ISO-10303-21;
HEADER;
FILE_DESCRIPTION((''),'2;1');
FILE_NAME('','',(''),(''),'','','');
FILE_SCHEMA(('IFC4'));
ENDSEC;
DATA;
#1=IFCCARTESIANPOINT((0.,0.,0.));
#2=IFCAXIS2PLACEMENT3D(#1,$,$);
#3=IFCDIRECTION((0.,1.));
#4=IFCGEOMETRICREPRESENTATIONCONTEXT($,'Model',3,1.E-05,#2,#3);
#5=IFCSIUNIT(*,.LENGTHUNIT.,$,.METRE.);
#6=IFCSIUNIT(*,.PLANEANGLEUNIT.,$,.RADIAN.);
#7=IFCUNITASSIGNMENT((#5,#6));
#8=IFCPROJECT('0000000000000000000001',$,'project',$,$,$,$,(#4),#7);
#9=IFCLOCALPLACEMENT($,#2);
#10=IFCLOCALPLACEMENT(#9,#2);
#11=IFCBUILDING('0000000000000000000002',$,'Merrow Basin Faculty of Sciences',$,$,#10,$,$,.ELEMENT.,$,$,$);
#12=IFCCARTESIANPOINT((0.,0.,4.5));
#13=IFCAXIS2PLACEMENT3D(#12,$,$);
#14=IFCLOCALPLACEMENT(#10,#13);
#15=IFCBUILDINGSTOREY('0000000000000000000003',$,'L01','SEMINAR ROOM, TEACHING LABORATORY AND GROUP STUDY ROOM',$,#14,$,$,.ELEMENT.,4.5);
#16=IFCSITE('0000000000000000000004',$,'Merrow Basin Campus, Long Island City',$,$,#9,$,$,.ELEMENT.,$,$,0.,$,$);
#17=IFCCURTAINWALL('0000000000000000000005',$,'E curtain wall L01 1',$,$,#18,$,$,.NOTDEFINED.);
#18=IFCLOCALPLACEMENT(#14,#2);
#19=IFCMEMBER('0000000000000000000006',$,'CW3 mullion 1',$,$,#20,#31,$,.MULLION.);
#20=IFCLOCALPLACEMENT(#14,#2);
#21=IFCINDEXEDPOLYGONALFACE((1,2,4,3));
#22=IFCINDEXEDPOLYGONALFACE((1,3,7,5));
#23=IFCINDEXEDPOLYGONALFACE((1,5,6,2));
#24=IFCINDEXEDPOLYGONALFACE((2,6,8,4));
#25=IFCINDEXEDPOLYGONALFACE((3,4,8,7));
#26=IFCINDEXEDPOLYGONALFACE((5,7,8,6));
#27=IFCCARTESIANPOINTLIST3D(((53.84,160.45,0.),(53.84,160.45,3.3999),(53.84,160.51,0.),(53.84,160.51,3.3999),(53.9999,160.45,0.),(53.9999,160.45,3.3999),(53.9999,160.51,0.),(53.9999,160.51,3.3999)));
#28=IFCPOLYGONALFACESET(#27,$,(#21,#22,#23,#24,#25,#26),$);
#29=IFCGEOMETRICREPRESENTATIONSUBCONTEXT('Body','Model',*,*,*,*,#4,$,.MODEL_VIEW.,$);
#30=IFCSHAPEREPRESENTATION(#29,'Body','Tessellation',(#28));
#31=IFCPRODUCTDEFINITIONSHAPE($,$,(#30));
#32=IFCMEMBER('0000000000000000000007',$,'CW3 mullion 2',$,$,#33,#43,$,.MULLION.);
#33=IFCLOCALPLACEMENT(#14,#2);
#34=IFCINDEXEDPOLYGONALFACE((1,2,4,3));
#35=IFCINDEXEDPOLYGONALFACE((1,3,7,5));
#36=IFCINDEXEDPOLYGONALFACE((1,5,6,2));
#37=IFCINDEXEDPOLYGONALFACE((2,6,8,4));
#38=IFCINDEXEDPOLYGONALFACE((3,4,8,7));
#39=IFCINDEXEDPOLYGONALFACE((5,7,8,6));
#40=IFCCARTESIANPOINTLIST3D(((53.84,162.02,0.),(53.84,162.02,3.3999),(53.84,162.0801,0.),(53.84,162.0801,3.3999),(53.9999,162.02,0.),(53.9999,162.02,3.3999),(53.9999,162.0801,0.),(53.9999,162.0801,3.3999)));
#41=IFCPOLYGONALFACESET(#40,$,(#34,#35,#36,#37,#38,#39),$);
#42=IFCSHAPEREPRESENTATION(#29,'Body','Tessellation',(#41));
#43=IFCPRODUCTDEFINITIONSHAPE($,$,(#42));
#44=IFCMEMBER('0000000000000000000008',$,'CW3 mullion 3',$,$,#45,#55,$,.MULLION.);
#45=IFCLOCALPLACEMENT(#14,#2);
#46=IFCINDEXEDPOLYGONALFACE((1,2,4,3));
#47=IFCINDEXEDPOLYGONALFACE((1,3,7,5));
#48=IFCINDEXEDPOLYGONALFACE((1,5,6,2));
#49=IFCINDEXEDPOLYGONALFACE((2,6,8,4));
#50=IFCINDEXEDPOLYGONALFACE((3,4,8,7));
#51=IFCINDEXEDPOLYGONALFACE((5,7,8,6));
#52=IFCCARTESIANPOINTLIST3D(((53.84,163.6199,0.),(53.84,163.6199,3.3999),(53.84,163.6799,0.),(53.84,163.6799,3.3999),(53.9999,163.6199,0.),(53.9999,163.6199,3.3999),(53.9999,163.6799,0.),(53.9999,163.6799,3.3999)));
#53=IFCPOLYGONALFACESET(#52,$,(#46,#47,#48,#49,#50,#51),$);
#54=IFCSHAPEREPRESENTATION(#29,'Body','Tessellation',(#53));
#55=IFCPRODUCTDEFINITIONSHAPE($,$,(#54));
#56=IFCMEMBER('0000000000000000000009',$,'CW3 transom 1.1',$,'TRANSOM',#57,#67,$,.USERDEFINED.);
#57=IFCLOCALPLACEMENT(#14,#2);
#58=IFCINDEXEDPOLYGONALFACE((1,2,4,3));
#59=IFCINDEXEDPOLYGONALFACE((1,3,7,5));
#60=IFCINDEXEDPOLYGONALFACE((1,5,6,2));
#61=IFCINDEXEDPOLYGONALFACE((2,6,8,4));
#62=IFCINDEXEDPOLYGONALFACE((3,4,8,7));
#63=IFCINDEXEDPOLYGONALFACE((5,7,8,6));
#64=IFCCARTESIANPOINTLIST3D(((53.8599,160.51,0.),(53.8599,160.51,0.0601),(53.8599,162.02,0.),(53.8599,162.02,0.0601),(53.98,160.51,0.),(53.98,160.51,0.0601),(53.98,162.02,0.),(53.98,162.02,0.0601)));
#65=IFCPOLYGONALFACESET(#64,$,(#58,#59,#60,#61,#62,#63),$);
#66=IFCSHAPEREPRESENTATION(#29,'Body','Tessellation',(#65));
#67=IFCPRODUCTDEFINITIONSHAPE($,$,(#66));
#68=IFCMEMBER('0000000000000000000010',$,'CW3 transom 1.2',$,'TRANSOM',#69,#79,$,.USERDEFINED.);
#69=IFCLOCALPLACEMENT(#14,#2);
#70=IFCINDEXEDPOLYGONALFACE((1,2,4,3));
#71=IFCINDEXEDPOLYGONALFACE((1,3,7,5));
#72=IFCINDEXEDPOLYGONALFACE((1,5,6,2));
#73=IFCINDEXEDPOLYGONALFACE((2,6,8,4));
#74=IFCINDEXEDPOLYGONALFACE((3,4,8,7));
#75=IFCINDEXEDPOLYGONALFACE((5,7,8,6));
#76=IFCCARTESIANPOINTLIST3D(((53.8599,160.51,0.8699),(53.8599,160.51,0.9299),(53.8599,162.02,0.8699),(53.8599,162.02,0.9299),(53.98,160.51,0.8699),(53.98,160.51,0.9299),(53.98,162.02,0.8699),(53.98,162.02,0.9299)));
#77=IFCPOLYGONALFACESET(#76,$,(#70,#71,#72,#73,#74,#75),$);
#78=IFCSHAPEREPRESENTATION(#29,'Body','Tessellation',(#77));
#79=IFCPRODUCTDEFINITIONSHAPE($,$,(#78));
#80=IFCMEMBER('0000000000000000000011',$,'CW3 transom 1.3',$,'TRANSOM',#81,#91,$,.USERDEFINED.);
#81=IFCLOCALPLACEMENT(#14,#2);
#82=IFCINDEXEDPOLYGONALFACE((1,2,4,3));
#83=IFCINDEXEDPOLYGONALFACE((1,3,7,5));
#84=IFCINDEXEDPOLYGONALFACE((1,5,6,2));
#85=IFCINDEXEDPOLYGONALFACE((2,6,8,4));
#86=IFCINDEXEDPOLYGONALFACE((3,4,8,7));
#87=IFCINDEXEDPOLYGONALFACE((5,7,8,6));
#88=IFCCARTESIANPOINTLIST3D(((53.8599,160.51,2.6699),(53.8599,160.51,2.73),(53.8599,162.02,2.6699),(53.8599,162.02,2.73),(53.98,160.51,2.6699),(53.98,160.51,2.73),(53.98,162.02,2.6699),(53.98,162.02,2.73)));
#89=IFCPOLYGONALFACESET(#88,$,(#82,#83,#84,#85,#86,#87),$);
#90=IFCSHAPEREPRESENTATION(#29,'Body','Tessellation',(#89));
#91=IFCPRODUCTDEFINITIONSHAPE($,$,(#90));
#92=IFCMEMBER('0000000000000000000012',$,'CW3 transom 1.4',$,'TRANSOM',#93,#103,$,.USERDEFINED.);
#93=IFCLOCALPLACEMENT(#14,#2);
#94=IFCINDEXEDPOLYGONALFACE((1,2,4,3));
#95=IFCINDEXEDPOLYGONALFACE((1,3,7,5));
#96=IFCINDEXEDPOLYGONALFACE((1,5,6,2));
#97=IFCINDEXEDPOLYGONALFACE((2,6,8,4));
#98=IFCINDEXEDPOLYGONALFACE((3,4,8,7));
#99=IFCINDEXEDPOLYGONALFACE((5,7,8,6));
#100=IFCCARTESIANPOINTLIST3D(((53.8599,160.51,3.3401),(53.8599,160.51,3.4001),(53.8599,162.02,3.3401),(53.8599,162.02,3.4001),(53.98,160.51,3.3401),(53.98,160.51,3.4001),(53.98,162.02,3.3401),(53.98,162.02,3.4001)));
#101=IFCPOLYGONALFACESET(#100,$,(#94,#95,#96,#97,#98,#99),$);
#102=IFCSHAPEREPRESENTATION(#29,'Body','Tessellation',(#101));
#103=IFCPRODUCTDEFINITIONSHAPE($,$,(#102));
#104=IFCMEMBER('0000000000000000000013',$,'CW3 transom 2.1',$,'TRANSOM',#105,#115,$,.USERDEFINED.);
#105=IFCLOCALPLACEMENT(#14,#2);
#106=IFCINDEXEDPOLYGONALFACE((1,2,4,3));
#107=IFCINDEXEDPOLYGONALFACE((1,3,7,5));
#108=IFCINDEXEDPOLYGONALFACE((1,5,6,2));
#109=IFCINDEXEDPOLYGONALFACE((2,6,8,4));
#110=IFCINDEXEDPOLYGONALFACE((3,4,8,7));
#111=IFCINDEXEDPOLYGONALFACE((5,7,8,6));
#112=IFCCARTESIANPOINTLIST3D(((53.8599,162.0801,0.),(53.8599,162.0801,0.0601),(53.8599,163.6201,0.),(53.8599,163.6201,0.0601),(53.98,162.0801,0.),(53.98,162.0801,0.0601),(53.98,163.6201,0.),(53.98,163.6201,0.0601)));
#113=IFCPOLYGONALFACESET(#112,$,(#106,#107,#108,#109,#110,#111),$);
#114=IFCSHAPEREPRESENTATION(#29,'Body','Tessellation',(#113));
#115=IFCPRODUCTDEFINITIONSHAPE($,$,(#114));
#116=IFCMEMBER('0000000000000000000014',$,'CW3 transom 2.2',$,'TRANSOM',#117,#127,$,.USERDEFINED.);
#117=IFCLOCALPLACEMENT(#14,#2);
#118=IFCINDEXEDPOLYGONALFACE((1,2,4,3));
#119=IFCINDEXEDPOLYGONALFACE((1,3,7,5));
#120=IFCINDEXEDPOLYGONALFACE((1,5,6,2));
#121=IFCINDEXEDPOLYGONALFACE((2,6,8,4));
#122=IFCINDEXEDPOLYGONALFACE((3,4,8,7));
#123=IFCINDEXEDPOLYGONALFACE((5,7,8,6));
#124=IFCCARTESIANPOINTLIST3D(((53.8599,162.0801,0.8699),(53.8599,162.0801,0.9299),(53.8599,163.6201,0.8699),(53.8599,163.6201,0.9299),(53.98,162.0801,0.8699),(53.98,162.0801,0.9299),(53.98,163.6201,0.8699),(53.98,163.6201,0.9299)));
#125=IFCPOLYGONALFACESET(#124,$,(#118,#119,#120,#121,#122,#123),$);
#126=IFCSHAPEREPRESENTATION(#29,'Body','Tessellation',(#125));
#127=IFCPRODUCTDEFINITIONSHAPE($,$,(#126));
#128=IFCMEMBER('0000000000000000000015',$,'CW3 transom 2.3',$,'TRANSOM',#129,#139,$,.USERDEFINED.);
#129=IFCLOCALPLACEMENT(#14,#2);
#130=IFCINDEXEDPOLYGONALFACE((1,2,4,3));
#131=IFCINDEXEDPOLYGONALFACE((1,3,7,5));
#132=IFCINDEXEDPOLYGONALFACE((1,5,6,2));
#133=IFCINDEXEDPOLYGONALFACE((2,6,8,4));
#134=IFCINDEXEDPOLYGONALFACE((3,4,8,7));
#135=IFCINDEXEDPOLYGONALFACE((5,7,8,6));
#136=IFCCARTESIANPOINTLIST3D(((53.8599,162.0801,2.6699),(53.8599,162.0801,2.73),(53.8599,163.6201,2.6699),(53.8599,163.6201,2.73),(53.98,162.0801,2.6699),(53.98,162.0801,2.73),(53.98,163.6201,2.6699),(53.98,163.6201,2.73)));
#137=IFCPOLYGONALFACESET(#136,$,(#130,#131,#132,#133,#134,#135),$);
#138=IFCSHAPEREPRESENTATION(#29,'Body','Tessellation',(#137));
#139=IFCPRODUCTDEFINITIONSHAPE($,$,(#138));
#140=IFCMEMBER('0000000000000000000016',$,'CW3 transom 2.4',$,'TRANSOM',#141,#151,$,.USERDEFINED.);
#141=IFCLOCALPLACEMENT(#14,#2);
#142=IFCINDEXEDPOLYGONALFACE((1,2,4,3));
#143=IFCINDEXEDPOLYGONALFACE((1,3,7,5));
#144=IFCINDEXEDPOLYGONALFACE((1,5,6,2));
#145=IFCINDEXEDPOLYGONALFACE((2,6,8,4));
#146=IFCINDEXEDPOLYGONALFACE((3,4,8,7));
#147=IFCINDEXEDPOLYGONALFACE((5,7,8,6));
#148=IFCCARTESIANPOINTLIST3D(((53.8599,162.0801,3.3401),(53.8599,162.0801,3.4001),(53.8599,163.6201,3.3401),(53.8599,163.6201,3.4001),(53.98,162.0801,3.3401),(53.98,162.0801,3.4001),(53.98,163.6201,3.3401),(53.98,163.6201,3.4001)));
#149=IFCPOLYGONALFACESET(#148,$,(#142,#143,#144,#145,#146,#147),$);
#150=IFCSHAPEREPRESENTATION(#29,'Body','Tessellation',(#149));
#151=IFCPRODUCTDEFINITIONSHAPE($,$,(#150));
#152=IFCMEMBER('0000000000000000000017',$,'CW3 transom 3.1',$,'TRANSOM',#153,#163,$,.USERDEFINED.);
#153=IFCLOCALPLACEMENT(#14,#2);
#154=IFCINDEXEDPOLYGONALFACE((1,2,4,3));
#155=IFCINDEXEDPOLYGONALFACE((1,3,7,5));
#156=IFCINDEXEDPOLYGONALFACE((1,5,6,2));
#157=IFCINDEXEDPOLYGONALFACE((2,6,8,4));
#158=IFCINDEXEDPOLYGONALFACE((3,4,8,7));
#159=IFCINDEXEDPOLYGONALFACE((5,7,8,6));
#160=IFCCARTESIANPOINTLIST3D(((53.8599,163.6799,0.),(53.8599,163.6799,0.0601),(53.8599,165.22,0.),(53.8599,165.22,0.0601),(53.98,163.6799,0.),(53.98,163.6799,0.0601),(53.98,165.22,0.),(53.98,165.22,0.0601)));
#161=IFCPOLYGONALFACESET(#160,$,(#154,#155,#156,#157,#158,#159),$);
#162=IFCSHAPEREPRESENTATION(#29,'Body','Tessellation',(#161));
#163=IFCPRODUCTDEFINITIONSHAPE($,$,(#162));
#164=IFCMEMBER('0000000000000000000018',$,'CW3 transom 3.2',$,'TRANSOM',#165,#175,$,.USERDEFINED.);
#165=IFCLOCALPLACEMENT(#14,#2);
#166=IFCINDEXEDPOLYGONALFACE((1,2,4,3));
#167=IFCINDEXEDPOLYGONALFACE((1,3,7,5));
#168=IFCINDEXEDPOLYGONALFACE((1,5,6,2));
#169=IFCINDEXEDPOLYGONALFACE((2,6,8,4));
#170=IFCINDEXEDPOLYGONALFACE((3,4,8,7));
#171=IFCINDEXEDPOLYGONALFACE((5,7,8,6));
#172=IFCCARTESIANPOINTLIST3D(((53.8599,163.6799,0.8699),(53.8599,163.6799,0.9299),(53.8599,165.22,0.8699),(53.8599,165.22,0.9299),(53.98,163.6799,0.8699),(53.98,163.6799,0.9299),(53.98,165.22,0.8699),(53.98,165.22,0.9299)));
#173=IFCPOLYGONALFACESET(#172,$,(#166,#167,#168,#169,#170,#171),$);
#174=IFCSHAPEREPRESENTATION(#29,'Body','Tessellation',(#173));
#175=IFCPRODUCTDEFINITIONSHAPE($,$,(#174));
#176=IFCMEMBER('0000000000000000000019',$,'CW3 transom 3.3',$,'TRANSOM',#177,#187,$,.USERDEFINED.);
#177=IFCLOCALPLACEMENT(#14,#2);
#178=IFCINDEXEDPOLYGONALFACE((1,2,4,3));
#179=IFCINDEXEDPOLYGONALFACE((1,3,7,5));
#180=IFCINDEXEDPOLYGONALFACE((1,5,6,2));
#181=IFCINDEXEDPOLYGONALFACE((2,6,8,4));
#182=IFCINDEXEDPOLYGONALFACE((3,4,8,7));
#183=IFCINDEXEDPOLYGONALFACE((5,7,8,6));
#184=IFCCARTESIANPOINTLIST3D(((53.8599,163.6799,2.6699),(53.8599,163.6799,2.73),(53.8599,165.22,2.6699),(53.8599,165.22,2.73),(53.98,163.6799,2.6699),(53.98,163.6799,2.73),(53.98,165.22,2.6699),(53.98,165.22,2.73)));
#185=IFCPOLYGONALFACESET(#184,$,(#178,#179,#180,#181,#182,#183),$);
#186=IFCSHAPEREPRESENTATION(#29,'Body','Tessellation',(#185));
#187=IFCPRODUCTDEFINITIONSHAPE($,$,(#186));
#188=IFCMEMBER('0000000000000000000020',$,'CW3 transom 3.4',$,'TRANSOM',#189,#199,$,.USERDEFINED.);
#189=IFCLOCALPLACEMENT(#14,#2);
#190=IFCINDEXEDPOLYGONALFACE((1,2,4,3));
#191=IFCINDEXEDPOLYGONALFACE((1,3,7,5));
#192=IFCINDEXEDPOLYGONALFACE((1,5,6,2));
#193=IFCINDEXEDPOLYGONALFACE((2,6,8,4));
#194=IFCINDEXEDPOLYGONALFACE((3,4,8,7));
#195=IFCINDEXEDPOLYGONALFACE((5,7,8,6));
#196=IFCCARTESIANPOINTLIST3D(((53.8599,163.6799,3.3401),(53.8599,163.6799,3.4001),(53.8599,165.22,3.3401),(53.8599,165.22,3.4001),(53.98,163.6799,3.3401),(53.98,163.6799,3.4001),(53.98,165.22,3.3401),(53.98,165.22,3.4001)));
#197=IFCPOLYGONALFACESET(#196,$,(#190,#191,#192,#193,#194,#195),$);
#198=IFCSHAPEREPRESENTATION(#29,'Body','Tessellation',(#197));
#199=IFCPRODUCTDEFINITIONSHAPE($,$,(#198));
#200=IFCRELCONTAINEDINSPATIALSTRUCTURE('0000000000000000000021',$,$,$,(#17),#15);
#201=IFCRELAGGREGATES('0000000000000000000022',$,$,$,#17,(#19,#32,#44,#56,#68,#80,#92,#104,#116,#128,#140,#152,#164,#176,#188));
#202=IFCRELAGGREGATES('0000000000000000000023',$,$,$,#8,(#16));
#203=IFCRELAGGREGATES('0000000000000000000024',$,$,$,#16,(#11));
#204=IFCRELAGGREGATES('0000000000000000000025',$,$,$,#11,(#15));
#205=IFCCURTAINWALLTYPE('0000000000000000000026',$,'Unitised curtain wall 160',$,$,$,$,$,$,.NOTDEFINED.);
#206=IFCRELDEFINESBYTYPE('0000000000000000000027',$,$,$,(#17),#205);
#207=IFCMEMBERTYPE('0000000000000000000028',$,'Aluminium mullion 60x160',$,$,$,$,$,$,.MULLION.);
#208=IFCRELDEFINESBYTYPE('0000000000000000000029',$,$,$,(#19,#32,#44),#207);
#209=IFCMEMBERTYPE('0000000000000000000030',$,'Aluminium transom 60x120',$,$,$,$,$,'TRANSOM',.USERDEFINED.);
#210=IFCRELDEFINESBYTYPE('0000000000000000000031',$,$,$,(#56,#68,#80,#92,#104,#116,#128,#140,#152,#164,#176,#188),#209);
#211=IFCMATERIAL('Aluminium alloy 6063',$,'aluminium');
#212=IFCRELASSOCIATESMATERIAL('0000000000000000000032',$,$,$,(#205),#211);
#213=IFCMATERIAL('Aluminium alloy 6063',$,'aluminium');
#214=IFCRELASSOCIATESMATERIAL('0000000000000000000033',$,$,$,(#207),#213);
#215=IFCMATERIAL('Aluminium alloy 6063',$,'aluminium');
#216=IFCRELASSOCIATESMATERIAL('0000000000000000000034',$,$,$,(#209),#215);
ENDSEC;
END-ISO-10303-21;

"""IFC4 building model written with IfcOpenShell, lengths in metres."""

from ifc_helpers import new_model, si_unit, direction, frame, origin, origin_2d, place, context, subcontext, project, spatial, rectangle, extrude, material, material_profile, profile_set, type_object, element, aggregate, save


model = new_model("IFC4")

# Units and contexts
model_context = context("Model", 3, precision=1e-05, world=origin(), true_north=direction((0.0, 1.0)))
body_context = subcontext(model_context, "Body", "Model", "MODEL_VIEW")
ifc_project = project(units=[si_unit("LENGTHUNIT", "METRE"), si_unit("PLANEANGLEUNIT", "RADIAN")], contexts=[model_context])

# Site, building, storey
site_placement = place(None, origin())
site = spatial("IfcSite", under=ifc_project, at=site_placement, Name="Merrow Basin Campus, Long Island City", CompositionType="ELEMENT", RefElevation=0.0)
building_placement = place(site_placement, origin())
building = spatial("IfcBuilding", under=site, at=building_placement, Name="Merrow Basin Faculty of Sciences", CompositionType="ELEMENT")
storey_placement = place(building_placement, frame((0.0, 0.0, 4.5)))
storey = spatial("IfcBuildingStorey", under=building, at=storey_placement, Name="L01", Description="SEMINAR ROOM, TEACHING LABORATORY AND GROUP STUDY ROOM", CompositionType="ELEMENT", Elevation=4.5)

# Curtain wall, members
ifc_material_1 = material(Name="Aluminium alloy 6063", Category="aluminium")
curtain_wall_type = type_object("IfcCurtainWallType", Name="Unitised curtain wall 160", PredefinedType="NOTDEFINED", material=ifc_material_1)
curtain_wall_placement = place(storey_placement, origin())
curtain_wall = element("IfcCurtainWall", 1, at=curtain_wall_placement, inside=storey, type_object=curtain_wall_type, Name="E curtain wall L01 1", PredefinedType="NOTDEFINED")
ifc_material_2 = material(Name="Aluminium alloy 6063", Category="aluminium")
ifc_material_profile_1 = material_profile(ifc_material_2, rectangle(XDim=0.1599, YDim=0.0601, at=origin_2d()))
ifc_profile_set_1 = profile_set([ifc_material_profile_1], Name="Aluminium alloy 6063")
member_type_1 = type_object("IfcMemberType", Name="Aluminium mullion 60x160", PredefinedType="MULLION", material=ifc_profile_set_1)
member_1_placement = place(storey_placement, frame((53.9199, 160.48, 0.0), z_axis=(0.0, 0.0, 1.0), x_axis=(-1.0, 0.0, 0.0)))
member_1 = element("IfcMember", 2, at=member_1_placement, type_object=member_type_1, Name="CW3 mullion 1", PredefinedType="MULLION", context=body_context, shape_type="SweptSolid", body=[
    extrude(rectangle(XDim=0.1599, YDim=0.0601, at=origin_2d()), origin(), (0.0, 0.0, 1.0), 3.3999),
])
member_2_placement = place(storey_placement, frame((53.9199, 162.05, 0.0), z_axis=(0.0, 0.0, 1.0), x_axis=(-1.0, 0.0, 0.0)))
member_2 = element("IfcMember", 3, at=member_2_placement, type_object=member_type_1, Name="CW3 mullion 2", PredefinedType="MULLION", context=body_context, shape_type="SweptSolid", body=[
    extrude(rectangle(XDim=0.1599, YDim=0.0601, at=origin_2d()), origin(), (0.0, 0.0, 1.0), 3.3999),
])
member_3_placement = place(storey_placement, frame((53.9199, 163.6499, 0.0), z_axis=(0.0, 0.0, 1.0), x_axis=(-1.0, 0.0, 0.0)))
member_3 = element("IfcMember", 4, at=member_3_placement, type_object=member_type_1, Name="CW3 mullion 3", PredefinedType="MULLION", context=body_context, shape_type="SweptSolid", body=[
    extrude(rectangle(XDim=0.1599, YDim=0.0601, at=origin_2d()), origin(), (0.0, 0.0, 1.0), 3.3999),
])
ifc_material_3 = material(Name="Aluminium alloy 6063", Category="aluminium")
ifc_material_profile_2 = material_profile(ifc_material_3, rectangle(XDim=0.1201, YDim=0.0601, at=origin_2d()))
ifc_profile_set_2 = profile_set([ifc_material_profile_2], Name="Aluminium alloy 6063")
member_type_2 = type_object("IfcMemberType", Name="Aluminium transom 60x120", ElementType="TRANSOM", PredefinedType="USERDEFINED", material=ifc_profile_set_2)
member_4_placement = place(storey_placement, frame((53.9199, 160.51, 0.03), z_axis=(0.0, 1.0, 0.0), x_axis=(-1.0, 0.0, 0.0)))
member_4 = element("IfcMember", 5, at=member_4_placement, type_object=member_type_2, Name="CW3 transom 1.1", ObjectType="TRANSOM", PredefinedType="USERDEFINED", context=body_context, shape_type="SweptSolid", body=[
    extrude(rectangle(XDim=0.1201, YDim=0.0601, at=origin_2d()), origin(), (0.0, 0.0, 1.0), 1.51),
])
member_5_placement = place(storey_placement, frame((53.9199, 160.51, 0.8999), z_axis=(0.0, 1.0, 0.0), x_axis=(-1.0, 0.0, 0.0)))
member_5 = element("IfcMember", 6, at=member_5_placement, type_object=member_type_2, Name="CW3 transom 1.2", ObjectType="TRANSOM", PredefinedType="USERDEFINED", context=body_context, shape_type="SweptSolid", body=[
    extrude(rectangle(XDim=0.1201, YDim=0.0601, at=origin_2d()), origin(), (0.0, 0.0, 1.0), 1.51),
])
member_6_placement = place(storey_placement, frame((53.9199, 160.51, 2.7), z_axis=(0.0, 1.0, 0.0), x_axis=(-1.0, 0.0, 0.0)))
member_6 = element("IfcMember", 7, at=member_6_placement, type_object=member_type_2, Name="CW3 transom 1.3", ObjectType="TRANSOM", PredefinedType="USERDEFINED", context=body_context, shape_type="SweptSolid", body=[
    extrude(rectangle(XDim=0.1201, YDim=0.0601, at=origin_2d()), origin(), (0.0, 0.0, 1.0), 1.51),
])
member_7_placement = place(storey_placement, frame((53.9199, 160.51, 3.3701), z_axis=(0.0, 1.0, 0.0), x_axis=(-1.0, 0.0, 0.0)))
member_7 = element("IfcMember", 8, at=member_7_placement, type_object=member_type_2, Name="CW3 transom 1.4", ObjectType="TRANSOM", PredefinedType="USERDEFINED", context=body_context, shape_type="SweptSolid", body=[
    extrude(rectangle(XDim=0.1201, YDim=0.0601, at=origin_2d()), origin(), (0.0, 0.0, 1.0), 1.51),
])
member_8_placement = place(storey_placement, frame((53.9199, 162.0801, 0.03), z_axis=(0.0, 1.0, 0.0), x_axis=(-1.0, 0.0, 0.0)))
member_8 = element("IfcMember", 9, at=member_8_placement, type_object=member_type_2, Name="CW3 transom 2.1", ObjectType="TRANSOM", PredefinedType="USERDEFINED", context=body_context, shape_type="SweptSolid", body=[
    extrude(rectangle(XDim=0.1201, YDim=0.0601, at=origin_2d()), origin(), (0.0, 0.0, 1.0), 1.54),
])
member_9_placement = place(storey_placement, frame((53.9199, 162.0801, 0.8999), z_axis=(0.0, 1.0, 0.0), x_axis=(-1.0, 0.0, 0.0)))
member_9 = element("IfcMember", 10, at=member_9_placement, type_object=member_type_2, Name="CW3 transom 2.2", ObjectType="TRANSOM", PredefinedType="USERDEFINED", context=body_context, shape_type="SweptSolid", body=[
    extrude(rectangle(XDim=0.1201, YDim=0.0601, at=origin_2d()), origin(), (0.0, 0.0, 1.0), 1.54),
])
member_10_placement = place(storey_placement, frame((53.9199, 162.0801, 2.7), z_axis=(0.0, 1.0, 0.0), x_axis=(-1.0, 0.0, 0.0)))
member_10 = element("IfcMember", 11, at=member_10_placement, type_object=member_type_2, Name="CW3 transom 2.3", ObjectType="TRANSOM", PredefinedType="USERDEFINED", context=body_context, shape_type="SweptSolid", body=[
    extrude(rectangle(XDim=0.1201, YDim=0.0601, at=origin_2d()), origin(), (0.0, 0.0, 1.0), 1.54),
])
member_11_placement = place(storey_placement, frame((53.9199, 162.0801, 3.3701), z_axis=(0.0, 1.0, 0.0), x_axis=(-1.0, 0.0, 0.0)))
member_11 = element("IfcMember", 12, at=member_11_placement, type_object=member_type_2, Name="CW3 transom 2.4", ObjectType="TRANSOM", PredefinedType="USERDEFINED", context=body_context, shape_type="SweptSolid", body=[
    extrude(rectangle(XDim=0.1201, YDim=0.0601, at=origin_2d()), origin(), (0.0, 0.0, 1.0), 1.54),
])
member_12_placement = place(storey_placement, frame((53.9199, 163.6799, 0.03), z_axis=(0.0, 1.0, 0.0), x_axis=(-1.0, 0.0, 0.0)))
member_12 = element("IfcMember", 13, at=member_12_placement, type_object=member_type_2, Name="CW3 transom 3.1", ObjectType="TRANSOM", PredefinedType="USERDEFINED", context=body_context, shape_type="SweptSolid", body=[
    extrude(rectangle(XDim=0.1201, YDim=0.0601, at=origin_2d()), origin(), (0.0, 0.0, 1.0), 1.54),
])
member_13_placement = place(storey_placement, frame((53.9199, 163.6799, 0.8999), z_axis=(0.0, 1.0, 0.0), x_axis=(-1.0, 0.0, 0.0)))
member_13 = element("IfcMember", 14, at=member_13_placement, type_object=member_type_2, Name="CW3 transom 3.2", ObjectType="TRANSOM", PredefinedType="USERDEFINED", context=body_context, shape_type="SweptSolid", body=[
    extrude(rectangle(XDim=0.1201, YDim=0.0601, at=origin_2d()), origin(), (0.0, 0.0, 1.0), 1.54),
])
member_14_placement = place(storey_placement, frame((53.9199, 163.6799, 2.7), z_axis=(0.0, 1.0, 0.0), x_axis=(-1.0, 0.0, 0.0)))
member_14 = element("IfcMember", 15, at=member_14_placement, type_object=member_type_2, Name="CW3 transom 3.3", ObjectType="TRANSOM", PredefinedType="USERDEFINED", context=body_context, shape_type="SweptSolid", body=[
    extrude(rectangle(XDim=0.1201, YDim=0.0601, at=origin_2d()), origin(), (0.0, 0.0, 1.0), 1.54),
])
member_15_placement = place(storey_placement, frame((53.9199, 163.6799, 3.3701), z_axis=(0.0, 1.0, 0.0), x_axis=(-1.0, 0.0, 0.0)))
member_15 = element("IfcMember", 16, at=member_15_placement, type_object=member_type_2, Name="CW3 transom 3.4", ObjectType="TRANSOM", PredefinedType="USERDEFINED", context=body_context, shape_type="SweptSolid", body=[
    extrude(rectangle(XDim=0.1201, YDim=0.0601, at=origin_2d()), origin(), (0.0, 0.0, 1.0), 1.54),
])

aggregate(curtain_wall, [member_1, member_2, member_3, member_4, member_5, member_6, member_7, member_8, member_9, member_10, member_11, member_12, member_13, member_14, member_15])

save(model, "model.ifc")
